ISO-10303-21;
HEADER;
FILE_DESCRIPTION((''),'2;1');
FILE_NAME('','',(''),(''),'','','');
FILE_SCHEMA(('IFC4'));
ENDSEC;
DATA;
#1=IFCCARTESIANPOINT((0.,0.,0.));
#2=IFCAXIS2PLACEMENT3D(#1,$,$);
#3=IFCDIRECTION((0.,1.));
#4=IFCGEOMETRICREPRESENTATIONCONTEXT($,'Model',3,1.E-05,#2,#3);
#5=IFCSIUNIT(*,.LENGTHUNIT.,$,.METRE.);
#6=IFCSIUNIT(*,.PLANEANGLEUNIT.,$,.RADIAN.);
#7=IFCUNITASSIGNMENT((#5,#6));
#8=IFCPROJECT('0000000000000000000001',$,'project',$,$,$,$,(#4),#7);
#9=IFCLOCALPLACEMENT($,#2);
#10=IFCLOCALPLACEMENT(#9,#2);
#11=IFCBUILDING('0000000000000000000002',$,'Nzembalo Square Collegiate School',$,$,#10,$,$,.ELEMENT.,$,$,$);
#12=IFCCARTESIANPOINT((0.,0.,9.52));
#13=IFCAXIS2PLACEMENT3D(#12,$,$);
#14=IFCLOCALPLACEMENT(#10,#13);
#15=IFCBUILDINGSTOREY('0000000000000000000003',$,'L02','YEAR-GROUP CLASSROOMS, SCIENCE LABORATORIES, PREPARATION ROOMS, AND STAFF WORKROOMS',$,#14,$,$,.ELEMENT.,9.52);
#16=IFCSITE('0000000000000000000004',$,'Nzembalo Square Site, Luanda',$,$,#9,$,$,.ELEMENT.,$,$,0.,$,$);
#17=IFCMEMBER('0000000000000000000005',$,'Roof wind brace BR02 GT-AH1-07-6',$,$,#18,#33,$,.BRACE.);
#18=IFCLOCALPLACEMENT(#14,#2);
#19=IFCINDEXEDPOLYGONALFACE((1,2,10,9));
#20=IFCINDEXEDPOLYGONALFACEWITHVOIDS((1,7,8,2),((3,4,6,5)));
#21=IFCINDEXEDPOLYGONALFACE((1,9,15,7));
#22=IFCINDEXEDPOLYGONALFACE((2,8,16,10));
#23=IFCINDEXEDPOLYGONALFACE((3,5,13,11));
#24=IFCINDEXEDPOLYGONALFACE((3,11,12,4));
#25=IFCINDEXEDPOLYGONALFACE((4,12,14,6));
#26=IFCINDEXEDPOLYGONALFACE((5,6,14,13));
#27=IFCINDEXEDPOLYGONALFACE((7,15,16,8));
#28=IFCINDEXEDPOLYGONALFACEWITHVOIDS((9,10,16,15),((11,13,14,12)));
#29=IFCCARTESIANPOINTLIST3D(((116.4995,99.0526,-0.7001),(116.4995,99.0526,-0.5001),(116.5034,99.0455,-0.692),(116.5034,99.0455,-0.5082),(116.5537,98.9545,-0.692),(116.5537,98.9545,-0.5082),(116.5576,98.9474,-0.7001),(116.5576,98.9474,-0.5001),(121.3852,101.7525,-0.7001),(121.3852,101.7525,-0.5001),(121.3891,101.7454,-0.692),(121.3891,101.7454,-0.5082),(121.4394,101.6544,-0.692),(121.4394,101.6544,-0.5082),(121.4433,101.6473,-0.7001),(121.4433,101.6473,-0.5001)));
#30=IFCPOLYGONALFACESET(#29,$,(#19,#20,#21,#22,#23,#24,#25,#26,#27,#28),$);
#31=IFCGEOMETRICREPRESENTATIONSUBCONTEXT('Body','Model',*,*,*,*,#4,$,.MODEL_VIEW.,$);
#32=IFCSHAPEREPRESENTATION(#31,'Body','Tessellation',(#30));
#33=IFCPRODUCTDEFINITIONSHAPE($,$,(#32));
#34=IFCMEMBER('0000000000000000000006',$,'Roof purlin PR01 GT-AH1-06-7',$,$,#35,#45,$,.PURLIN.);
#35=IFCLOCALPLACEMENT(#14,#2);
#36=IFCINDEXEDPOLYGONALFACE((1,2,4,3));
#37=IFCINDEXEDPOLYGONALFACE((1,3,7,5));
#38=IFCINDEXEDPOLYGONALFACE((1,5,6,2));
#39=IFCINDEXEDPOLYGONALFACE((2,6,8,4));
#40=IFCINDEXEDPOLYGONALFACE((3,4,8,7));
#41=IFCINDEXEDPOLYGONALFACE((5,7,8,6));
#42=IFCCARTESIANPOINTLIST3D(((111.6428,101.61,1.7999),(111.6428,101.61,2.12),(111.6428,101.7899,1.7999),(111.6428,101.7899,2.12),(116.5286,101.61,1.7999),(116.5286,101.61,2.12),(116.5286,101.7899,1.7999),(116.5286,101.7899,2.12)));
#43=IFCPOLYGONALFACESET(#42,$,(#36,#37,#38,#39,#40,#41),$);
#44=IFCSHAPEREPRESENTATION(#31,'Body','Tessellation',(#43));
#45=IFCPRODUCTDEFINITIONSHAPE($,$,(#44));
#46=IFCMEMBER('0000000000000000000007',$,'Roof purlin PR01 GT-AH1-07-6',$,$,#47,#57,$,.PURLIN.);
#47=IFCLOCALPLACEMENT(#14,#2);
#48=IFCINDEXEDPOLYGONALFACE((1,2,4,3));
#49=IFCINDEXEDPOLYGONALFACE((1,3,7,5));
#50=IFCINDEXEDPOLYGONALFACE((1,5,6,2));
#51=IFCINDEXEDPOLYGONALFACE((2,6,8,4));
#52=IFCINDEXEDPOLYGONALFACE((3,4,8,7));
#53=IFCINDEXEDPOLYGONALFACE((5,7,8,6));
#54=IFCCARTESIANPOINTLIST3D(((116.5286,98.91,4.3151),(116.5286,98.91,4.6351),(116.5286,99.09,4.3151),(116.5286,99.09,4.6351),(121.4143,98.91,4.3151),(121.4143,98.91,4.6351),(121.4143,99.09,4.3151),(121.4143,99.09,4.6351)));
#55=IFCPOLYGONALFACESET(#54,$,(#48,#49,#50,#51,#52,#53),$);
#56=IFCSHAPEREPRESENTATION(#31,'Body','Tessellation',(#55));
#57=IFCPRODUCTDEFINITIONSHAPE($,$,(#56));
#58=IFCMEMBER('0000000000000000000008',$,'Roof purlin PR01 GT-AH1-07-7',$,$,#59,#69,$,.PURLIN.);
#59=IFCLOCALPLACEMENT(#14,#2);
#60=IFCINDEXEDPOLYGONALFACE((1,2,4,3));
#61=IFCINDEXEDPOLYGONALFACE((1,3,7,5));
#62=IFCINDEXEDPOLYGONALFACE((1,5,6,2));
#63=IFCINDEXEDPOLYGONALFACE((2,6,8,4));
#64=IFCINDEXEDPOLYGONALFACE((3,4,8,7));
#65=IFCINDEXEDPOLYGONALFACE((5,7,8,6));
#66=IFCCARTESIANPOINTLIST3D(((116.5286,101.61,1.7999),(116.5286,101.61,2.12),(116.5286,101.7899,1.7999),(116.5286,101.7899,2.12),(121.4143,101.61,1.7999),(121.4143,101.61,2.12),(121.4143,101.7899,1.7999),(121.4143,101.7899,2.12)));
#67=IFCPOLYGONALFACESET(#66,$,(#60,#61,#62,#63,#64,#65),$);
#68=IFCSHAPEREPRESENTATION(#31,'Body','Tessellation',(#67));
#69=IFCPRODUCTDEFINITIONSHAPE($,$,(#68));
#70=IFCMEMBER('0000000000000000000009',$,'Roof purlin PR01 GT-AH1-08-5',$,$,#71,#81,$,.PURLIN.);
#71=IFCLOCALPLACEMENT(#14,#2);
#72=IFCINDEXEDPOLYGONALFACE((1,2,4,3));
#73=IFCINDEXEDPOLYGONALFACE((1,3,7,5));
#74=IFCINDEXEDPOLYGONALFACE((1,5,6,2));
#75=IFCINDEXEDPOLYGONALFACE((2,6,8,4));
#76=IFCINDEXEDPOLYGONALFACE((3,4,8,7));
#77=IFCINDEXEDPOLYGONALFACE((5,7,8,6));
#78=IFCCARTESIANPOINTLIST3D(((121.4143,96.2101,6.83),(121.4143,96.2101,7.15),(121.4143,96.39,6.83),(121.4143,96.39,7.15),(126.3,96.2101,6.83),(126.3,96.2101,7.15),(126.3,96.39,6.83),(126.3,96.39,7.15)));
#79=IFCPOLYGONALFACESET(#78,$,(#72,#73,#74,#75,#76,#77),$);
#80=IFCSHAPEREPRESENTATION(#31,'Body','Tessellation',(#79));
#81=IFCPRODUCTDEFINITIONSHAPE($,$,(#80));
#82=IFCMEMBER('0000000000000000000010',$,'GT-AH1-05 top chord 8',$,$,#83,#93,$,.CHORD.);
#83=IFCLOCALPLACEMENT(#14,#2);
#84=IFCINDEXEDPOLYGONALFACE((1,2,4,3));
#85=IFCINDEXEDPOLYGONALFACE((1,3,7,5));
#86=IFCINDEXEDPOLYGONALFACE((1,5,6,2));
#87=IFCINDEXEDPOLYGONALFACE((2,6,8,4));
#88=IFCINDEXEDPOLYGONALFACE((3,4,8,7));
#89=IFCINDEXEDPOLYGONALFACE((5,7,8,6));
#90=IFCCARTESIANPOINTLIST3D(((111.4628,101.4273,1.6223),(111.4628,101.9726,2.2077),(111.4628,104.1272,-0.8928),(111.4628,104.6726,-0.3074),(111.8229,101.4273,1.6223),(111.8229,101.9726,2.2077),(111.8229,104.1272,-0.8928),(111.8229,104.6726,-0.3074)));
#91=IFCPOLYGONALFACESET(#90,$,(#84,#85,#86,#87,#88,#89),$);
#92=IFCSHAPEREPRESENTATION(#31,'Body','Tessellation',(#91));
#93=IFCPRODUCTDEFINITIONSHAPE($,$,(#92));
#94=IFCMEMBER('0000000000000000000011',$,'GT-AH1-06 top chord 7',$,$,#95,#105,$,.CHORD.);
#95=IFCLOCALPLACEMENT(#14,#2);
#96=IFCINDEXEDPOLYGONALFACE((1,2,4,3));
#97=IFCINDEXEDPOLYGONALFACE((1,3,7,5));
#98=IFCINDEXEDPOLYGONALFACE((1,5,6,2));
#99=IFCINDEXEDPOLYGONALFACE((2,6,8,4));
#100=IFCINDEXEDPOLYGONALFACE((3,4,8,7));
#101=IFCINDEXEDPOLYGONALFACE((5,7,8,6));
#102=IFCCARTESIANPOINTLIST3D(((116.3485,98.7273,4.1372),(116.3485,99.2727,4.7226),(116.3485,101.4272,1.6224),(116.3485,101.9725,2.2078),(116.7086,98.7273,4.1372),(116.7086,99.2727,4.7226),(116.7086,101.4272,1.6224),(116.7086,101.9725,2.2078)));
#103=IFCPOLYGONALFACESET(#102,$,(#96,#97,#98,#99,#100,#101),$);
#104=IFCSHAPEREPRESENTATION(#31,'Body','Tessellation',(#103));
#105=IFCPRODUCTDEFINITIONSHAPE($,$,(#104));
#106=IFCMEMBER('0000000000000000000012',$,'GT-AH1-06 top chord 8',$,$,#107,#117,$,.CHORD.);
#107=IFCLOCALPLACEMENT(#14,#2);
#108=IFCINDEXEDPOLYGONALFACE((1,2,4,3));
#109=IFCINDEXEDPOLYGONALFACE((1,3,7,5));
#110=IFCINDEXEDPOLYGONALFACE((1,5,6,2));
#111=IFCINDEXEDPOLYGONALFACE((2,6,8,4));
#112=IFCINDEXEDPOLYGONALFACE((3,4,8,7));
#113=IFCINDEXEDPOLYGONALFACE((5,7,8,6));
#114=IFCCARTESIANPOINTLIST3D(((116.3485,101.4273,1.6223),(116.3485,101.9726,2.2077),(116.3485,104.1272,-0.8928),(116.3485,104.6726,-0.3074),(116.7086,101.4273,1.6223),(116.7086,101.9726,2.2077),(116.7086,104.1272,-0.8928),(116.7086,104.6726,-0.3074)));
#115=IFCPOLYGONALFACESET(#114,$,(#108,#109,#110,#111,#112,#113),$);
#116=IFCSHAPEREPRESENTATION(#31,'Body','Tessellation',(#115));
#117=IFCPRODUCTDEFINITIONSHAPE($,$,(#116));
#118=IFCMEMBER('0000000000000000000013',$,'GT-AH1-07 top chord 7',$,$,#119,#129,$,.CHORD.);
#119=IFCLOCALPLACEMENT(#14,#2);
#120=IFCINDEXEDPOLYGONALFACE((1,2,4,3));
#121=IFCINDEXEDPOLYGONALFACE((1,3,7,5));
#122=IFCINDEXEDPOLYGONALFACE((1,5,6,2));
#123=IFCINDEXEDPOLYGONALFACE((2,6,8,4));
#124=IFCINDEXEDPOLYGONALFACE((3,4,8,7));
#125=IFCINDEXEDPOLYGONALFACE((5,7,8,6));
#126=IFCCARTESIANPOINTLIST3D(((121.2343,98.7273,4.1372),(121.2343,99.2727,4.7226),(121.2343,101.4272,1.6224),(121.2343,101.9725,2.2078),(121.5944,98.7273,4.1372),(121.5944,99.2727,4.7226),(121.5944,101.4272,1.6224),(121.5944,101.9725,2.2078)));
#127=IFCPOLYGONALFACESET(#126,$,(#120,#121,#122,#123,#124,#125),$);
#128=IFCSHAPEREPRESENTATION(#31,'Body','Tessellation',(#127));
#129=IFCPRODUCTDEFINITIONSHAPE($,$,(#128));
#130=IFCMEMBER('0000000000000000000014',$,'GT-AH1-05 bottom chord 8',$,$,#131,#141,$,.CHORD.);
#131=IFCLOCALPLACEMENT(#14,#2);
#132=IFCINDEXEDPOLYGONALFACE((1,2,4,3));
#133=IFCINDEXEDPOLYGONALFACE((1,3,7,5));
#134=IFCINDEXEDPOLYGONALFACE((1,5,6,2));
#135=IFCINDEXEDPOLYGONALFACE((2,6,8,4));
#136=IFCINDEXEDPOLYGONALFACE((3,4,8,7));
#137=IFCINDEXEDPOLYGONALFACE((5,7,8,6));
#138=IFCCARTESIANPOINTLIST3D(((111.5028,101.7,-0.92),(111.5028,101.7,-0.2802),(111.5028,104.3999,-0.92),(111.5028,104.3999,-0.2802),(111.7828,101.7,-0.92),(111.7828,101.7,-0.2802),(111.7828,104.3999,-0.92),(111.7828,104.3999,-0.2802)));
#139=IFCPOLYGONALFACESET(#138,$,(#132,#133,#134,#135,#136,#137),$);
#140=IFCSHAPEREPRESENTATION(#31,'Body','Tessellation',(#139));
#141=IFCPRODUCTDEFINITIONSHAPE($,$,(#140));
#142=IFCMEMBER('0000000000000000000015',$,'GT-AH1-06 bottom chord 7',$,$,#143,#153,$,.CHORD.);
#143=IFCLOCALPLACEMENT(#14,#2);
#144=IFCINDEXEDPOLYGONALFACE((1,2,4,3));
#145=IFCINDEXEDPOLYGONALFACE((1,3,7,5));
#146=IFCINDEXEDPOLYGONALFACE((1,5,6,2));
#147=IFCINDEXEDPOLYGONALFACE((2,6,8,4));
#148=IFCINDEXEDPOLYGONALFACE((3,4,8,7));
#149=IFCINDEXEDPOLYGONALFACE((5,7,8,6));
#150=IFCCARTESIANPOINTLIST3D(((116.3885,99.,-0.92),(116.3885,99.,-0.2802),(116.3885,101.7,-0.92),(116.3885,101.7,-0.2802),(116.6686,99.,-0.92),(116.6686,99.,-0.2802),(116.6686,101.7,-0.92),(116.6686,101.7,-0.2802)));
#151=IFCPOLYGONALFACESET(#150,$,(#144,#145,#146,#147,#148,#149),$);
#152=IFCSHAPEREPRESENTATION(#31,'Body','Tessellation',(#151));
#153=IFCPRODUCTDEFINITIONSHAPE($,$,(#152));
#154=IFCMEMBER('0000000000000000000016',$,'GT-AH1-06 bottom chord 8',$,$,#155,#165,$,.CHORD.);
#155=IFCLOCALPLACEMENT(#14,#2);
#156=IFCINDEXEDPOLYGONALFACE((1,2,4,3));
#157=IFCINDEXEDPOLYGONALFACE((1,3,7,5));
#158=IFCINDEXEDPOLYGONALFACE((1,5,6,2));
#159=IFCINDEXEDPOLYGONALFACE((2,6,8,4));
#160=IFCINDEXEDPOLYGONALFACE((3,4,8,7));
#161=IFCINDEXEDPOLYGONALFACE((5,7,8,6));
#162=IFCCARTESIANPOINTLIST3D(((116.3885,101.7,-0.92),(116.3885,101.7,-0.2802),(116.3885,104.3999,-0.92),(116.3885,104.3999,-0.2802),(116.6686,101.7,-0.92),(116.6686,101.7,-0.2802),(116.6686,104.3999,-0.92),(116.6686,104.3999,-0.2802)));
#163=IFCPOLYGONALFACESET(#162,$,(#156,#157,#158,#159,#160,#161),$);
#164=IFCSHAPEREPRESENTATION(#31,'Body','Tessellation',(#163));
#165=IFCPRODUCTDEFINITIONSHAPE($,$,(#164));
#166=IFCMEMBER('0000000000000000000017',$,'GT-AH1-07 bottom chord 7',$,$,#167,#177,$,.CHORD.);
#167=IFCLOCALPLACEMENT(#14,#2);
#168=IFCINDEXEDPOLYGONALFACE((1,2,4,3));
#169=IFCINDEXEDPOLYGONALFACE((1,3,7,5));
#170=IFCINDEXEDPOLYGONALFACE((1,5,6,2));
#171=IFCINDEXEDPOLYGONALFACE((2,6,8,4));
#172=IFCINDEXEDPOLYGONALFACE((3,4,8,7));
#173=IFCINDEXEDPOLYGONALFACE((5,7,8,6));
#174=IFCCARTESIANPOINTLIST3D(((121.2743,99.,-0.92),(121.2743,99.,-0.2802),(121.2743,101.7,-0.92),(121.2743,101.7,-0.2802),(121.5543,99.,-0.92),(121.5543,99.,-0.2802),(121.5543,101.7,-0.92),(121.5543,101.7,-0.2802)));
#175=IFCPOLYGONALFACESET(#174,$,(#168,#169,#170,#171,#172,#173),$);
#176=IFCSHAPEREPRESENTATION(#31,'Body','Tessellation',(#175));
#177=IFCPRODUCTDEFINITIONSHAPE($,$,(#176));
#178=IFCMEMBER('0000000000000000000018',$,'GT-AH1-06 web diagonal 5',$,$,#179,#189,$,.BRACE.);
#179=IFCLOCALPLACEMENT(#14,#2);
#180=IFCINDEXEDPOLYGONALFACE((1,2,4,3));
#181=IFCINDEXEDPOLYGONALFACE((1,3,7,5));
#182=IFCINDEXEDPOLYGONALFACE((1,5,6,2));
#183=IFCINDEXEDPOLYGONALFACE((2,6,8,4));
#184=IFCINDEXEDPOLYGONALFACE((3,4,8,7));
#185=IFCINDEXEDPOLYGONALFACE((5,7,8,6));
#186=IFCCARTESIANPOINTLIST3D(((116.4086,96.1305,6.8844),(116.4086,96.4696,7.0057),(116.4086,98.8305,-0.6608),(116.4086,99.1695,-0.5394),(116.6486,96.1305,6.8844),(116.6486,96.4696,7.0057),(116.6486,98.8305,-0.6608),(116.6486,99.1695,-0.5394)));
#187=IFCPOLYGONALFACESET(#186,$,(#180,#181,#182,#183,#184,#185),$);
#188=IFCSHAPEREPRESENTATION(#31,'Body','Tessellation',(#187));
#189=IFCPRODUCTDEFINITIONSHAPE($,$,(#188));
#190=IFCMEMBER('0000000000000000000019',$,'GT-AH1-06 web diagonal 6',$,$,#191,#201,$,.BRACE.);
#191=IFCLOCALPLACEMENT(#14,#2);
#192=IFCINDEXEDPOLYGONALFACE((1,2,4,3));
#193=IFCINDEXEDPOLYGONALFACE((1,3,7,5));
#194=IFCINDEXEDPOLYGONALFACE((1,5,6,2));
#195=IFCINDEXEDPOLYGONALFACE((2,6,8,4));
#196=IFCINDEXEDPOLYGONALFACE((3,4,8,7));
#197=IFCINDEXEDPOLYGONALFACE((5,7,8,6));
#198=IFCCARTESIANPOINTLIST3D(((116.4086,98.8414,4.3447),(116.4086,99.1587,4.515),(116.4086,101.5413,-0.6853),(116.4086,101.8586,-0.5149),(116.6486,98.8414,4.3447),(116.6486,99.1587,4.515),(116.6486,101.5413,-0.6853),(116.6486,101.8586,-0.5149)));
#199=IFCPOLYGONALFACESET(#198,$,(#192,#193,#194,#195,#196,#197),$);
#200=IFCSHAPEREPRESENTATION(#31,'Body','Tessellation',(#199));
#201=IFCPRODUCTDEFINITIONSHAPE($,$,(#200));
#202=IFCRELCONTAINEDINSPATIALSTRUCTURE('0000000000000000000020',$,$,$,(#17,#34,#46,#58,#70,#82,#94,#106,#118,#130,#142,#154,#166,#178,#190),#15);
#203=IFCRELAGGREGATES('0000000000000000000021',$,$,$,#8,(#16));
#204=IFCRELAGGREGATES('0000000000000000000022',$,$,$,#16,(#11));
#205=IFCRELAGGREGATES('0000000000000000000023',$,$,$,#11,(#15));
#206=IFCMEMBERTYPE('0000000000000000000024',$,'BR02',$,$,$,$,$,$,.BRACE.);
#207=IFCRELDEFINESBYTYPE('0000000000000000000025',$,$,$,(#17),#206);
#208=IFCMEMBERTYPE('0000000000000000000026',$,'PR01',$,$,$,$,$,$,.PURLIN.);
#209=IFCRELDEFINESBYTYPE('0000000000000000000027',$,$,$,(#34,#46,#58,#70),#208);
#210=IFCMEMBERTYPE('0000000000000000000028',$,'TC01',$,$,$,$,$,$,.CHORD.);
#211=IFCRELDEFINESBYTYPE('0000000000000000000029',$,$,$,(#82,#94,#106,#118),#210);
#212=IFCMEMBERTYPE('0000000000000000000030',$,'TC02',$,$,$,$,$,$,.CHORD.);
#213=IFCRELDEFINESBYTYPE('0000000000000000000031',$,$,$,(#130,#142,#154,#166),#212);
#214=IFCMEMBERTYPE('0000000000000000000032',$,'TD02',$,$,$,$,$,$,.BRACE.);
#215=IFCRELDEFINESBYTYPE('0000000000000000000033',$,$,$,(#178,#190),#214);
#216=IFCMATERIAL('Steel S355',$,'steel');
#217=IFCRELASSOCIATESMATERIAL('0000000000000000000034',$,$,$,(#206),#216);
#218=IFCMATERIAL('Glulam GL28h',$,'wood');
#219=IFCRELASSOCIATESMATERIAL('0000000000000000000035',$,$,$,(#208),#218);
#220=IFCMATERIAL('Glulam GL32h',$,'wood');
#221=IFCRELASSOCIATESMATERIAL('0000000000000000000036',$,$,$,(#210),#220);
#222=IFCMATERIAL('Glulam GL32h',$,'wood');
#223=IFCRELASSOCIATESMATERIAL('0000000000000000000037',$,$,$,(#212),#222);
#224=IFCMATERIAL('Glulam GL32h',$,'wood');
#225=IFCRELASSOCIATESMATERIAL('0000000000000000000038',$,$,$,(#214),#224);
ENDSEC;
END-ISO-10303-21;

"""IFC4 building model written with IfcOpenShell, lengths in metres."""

from ifc_helpers import new_model, si_unit, direction, frame, origin, origin_2d, place, context, subcontext, project, spatial, rectangle, hollow_rectangle, extrude, material, material_profile, profile_set, type_object, element, save


model = new_model("IFC4")

# Units and contexts
model_context = context("Model", 3, precision=1e-05, world=origin(), true_north=direction((0.0, 1.0)))
body_context = subcontext(model_context, "Body", "Model", "MODEL_VIEW")
ifc_project = project(units=[si_unit("LENGTHUNIT", "METRE"), si_unit("PLANEANGLEUNIT", "RADIAN")], contexts=[model_context])

# Site, building, storey
site_placement = place(None, origin())
site = spatial("IfcSite", under=ifc_project, at=site_placement, Name="Nzembalo Square Site, Luanda", CompositionType="ELEMENT", RefElevation=0.0)
building_placement = place(site_placement, origin())
building = spatial("IfcBuilding", under=site, at=building_placement, Name="Nzembalo Square Collegiate School", CompositionType="ELEMENT")
storey_placement = place(building_placement, frame((0.0, 0.0, 9.52)))
storey = spatial("IfcBuildingStorey", under=building, at=storey_placement, Name="L02", Description="YEAR-GROUP CLASSROOMS, SCIENCE LABORATORIES, PREPARATION ROOMS, AND STAFF WORKROOMS", CompositionType="ELEMENT", Elevation=9.52)

# Members
ifc_material_1 = material(Name="Steel S355", Category="steel")
ifc_material_profile_1 = material_profile(ifc_material_1, hollow_rectangle(XDim=0.1201, YDim=0.2, WallThickness=0.0081, at=origin_2d()), Name="RHS 200x120x8")
ifc_profile_set_1 = profile_set([ifc_material_profile_1], Name="Steel S355")
member_type_1 = type_object("IfcMemberType", Name="BR02", PredefinedType="BRACE", material=ifc_profile_set_1)
member_1_placement = place(storey_placement, frame((116.5286, 99.0, -0.6001), z_axis=(0.875246, 0.483677, 0.0), x_axis=(-0.483677, 0.875246, 0.0)))
element("IfcMember", 1, at=member_1_placement, inside=storey, type_object=member_type_1, Name="Roof wind brace BR02 GT-AH1-07-6", PredefinedType="BRACE", context=body_context, shape_type="SweptSolid", body=[
    extrude(hollow_rectangle(XDim=0.1201, YDim=0.2, WallThickness=0.0081, at=origin_2d()), origin(), (0.0, 0.0, 1.0), 5.582),
])
ifc_material_2 = material(Name="Glulam GL28h", Category="wood")
ifc_material_profile_2 = material_profile(ifc_material_2, rectangle(XDim=0.1799, YDim=0.3201, at=origin_2d()), Name="GL28h 180x320")
ifc_profile_set_2 = profile_set([ifc_material_profile_2], Name="Glulam GL28h")
member_type_2 = type_object("IfcMemberType", Name="PR01", PredefinedType="PURLIN", material=ifc_profile_set_2)
for number, where, z_axis, x_axis, name in (
    (2, (111.6428, 101.7, 1.96), (1.0, 0.0, 0.0), (0.0, 1.0, 0.0), "Roof purlin PR01 GT-AH1-06-7"),
    (3, (116.5286, 99.0, 4.4751), (1.0, 0.0, 0.0), (0.0, 1.0, 0.0), "Roof purlin PR01 GT-AH1-07-6"),
    (4, (116.5286, 101.7, 1.96), (1.0, 0.0, 0.0), (0.0, 1.0, 0.0), "Roof purlin PR01 GT-AH1-07-7"),
    (5, (121.4143, 96.3, 6.99), (1.0, 0.0, 0.0), (0.0, 1.0, 0.0), "Roof purlin PR01 GT-AH1-08-5"),
):
    element("IfcMember", number, at=place(storey_placement, frame(where, z_axis=z_axis, x_axis=x_axis)), inside=storey, type_object=member_type_2, Name=name, PredefinedType="PURLIN", context=body_context, shape_type="SweptSolid", body=[
        extrude(rectangle(XDim=0.1799, YDim=0.3201, at=origin_2d()), origin(), (0.0, 0.0, 1.0), 4.8857),
    ])
ifc_material_3 = material(Name="Glulam GL32h", Category="wood")
ifc_material_profile_3 = material_profile(ifc_material_3, rectangle(XDim=0.3601, YDim=0.8, at=origin_2d()), Name="GL32h 360x800")
ifc_profile_set_3 = profile_set([ifc_material_profile_3], Name="Glulam GL32h")
member_type_3 = type_object("IfcMemberType", Name="TC01", PredefinedType="CHORD", material=ifc_profile_set_3)
member_2_placement = place(storey_placement, frame((111.6428, 101.7, 1.915), z_axis=(0.0, 0.731706, -0.68162), x_axis=(-1.0, 0.0, 0.0)))
element("IfcMember", 6, at=member_2_placement, inside=storey, type_object=member_type_3, Name="GT-AH1-05 top chord 8", PredefinedType="CHORD", context=body_context, shape_type="SweptSolid", body=[
    extrude(rectangle(XDim=0.3601, YDim=0.8, at=origin_2d()), origin(), (0.0, 0.0, 1.0), 3.6899),
])
member_3_placement = place(storey_placement, frame((116.5286, 99.0, 4.4299), z_axis=(0.0, 0.731739, -0.681585), x_axis=(-1.0, 0.0, 0.0)))
element("IfcMember", 7, at=member_3_placement, inside=storey, type_object=member_type_3, Name="GT-AH1-06 top chord 7", PredefinedType="CHORD", context=body_context, shape_type="SweptSolid", body=[
    extrude(rectangle(XDim=0.3601, YDim=0.8, at=origin_2d()), origin(), (0.0, 0.0, 1.0), 3.6897),
])
member_4_placement = place(storey_placement, frame((116.5286, 101.7, 1.915), z_axis=(0.0, 0.731706, -0.68162), x_axis=(-1.0, 0.0, 0.0)))
element("IfcMember", 8, at=member_4_placement, inside=storey, type_object=member_type_3, Name="GT-AH1-06 top chord 8", PredefinedType="CHORD", context=body_context, shape_type="SweptSolid", body=[
    extrude(rectangle(XDim=0.3601, YDim=0.8, at=origin_2d()), origin(), (0.0, 0.0, 1.0), 3.6899),
])
member_5_placement = place(storey_placement, frame((121.4143, 99.0, 4.4299), z_axis=(0.0, 0.731739, -0.681585), x_axis=(-1.0, 0.0, 0.0)))
element("IfcMember", 9, at=member_5_placement, inside=storey, type_object=member_type_3, Name="GT-AH1-07 top chord 7", PredefinedType="CHORD", context=body_context, shape_type="SweptSolid", body=[
    extrude(rectangle(XDim=0.3601, YDim=0.8, at=origin_2d()), origin(), (0.0, 0.0, 1.0), 3.6897),
])
ifc_material_4 = material(Name="Glulam GL32h", Category="wood")
ifc_material_profile_4 = material_profile(ifc_material_4, rectangle(XDim=0.28, YDim=0.6399, at=origin_2d()), Name="GL32h 280x640")
ifc_profile_set_4 = profile_set([ifc_material_profile_4], Name="Glulam GL32h")
member_type_4 = type_object("IfcMemberType", Name="TC02", PredefinedType="CHORD", material=ifc_profile_set_4)
for number, where, z_axis, x_axis, name in (
    (10, (111.6428, 101.7, -0.6001), (0.0, 1.0, 0.0), (-1.0, 0.0, 0.0), "GT-AH1-05 bottom chord 8"),
    (11, (116.5286, 99.0, -0.6001), (0.0, 1.0, 0.0), (-1.0, 0.0, 0.0), "GT-AH1-06 bottom chord 7"),
    (12, (116.5286, 101.7, -0.6001), (0.0, 1.0, 0.0), (-1.0, 0.0, 0.0), "GT-AH1-06 bottom chord 8"),
    (13, (121.4143, 99.0, -0.6001), (0.0, 1.0, 0.0), (-1.0, 0.0, 0.0), "GT-AH1-07 bottom chord 7"),
):
    element("IfcMember", number, at=place(storey_placement, frame(where, z_axis=z_axis, x_axis=x_axis)), inside=storey, type_object=member_type_4, Name=name, PredefinedType="CHORD", context=body_context, shape_type="SweptSolid", body=[
        extrude(rectangle(XDim=0.28, YDim=0.6399, at=origin_2d()), origin(), (0.0, 0.0, 1.0), 2.7),
    ])
ifc_material_5 = material(Name="Glulam GL32h", Category="wood")
ifc_material_profile_5 = material_profile(ifc_material_5, rectangle(XDim=0.24, YDim=0.3601, at=origin_2d()), Name="GL32h 240x360")
ifc_profile_set_5 = profile_set([ifc_material_profile_5], Name="Glulam GL32h")
member_type_5 = type_object("IfcMemberType", Name="TD02", PredefinedType="BRACE", material=ifc_profile_set_5)
member_6_placement = place(storey_placement, frame((116.5286, 99.0, -0.6001), z_axis=(0.0, -0.336917, 0.941534), x_axis=(1.0, 0.0, 0.0)))
element("IfcMember", 14, at=member_6_placement, inside=storey, type_object=member_type_5, Name="GT-AH1-06 web diagonal 5", PredefinedType="BRACE", context=body_context, shape_type="SweptSolid", body=[
    extrude(rectangle(XDim=0.24, YDim=0.3601, at=origin_2d()), origin(), (0.0, 0.0, 1.0), 8.0137),
])
member_7_placement = place(storey_placement, frame((116.5286, 101.7, -0.6001), z_axis=(0.0, -0.472942, 0.881094), x_axis=(1.0, 0.0, 0.0)))
element("IfcMember", 15, at=member_7_placement, inside=storey, type_object=member_type_5, Name="GT-AH1-06 web diagonal 6", PredefinedType="BRACE", context=body_context, shape_type="SweptSolid", body=[
    extrude(rectangle(XDim=0.24, YDim=0.3601, at=origin_2d()), origin(), (0.0, 0.0, 1.0), 5.7087),
])

save(model, "model.ifc")
